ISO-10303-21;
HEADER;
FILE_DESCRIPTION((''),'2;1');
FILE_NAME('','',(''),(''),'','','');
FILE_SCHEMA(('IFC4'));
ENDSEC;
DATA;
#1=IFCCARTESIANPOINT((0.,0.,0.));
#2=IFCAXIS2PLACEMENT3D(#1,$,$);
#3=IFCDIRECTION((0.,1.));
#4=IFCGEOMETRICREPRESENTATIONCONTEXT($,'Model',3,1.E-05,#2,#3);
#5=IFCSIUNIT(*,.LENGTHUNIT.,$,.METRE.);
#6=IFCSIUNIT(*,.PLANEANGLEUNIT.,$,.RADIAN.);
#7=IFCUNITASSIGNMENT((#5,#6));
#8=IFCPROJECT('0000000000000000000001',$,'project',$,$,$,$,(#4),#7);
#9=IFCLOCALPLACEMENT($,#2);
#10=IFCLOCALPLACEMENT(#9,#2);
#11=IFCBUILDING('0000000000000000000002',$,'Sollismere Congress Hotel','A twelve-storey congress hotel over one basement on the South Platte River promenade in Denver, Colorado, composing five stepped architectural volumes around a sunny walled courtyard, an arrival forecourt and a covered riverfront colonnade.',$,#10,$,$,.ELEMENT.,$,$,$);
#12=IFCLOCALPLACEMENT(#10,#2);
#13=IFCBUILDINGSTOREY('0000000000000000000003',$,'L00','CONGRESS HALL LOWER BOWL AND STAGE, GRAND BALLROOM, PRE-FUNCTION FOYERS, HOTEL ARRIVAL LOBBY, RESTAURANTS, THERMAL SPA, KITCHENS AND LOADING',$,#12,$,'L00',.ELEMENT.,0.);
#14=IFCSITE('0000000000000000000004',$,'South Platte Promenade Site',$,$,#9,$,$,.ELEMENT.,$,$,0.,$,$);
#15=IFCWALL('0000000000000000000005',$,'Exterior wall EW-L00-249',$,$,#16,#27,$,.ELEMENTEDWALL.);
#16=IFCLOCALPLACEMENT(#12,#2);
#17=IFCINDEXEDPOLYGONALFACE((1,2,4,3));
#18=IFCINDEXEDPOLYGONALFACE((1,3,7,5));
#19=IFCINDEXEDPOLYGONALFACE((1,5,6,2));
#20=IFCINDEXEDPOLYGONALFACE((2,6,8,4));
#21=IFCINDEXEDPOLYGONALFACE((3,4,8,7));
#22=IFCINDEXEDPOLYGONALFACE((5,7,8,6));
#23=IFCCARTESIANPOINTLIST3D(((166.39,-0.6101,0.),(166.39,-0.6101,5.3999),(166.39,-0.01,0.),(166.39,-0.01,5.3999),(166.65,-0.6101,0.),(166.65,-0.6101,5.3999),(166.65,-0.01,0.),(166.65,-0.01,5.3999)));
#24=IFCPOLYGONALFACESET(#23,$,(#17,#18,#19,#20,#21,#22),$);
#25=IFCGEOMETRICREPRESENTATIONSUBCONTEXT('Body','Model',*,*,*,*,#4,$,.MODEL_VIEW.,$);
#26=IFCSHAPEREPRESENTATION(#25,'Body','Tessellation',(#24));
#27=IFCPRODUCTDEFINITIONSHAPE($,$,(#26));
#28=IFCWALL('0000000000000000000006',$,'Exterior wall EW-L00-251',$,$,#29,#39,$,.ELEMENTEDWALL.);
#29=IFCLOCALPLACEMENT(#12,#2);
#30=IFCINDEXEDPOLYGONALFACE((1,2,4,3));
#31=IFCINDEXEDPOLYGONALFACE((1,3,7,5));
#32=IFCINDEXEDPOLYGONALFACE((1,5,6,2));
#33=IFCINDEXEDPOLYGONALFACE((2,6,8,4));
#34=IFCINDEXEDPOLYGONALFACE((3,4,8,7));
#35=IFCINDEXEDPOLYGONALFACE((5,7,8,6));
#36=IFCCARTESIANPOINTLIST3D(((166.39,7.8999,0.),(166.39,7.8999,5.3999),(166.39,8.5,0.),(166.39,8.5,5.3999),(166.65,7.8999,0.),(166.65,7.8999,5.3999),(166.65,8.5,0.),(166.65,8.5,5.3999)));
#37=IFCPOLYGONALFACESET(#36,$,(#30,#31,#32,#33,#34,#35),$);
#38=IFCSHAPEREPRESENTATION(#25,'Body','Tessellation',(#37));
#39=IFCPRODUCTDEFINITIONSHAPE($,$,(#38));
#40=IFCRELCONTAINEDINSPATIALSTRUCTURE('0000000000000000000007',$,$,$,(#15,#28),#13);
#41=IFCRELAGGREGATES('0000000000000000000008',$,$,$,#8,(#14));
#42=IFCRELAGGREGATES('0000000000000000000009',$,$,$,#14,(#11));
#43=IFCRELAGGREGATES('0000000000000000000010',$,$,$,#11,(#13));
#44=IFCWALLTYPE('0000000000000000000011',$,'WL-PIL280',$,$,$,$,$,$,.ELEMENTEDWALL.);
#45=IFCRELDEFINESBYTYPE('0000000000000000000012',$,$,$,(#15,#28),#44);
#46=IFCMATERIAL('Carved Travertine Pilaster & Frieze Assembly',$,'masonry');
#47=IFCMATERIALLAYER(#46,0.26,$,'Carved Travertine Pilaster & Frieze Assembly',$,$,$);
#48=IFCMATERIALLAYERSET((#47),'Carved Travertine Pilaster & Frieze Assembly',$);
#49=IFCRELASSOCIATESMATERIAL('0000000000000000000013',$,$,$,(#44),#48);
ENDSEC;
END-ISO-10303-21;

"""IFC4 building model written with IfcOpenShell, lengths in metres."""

from ifc_helpers import new_model, si_unit, direction, frame, frame_2d, origin, place, context, subcontext, project, spatial, rectangle, extrude, material, layer, layer_set, type_object, element, save


model = new_model("IFC4")

# Units and contexts
model_context = context("Model", 3, precision=1e-05, world=origin(), true_north=direction((0.0, 1.0)))
body_context = subcontext(model_context, "Body", "Model", "MODEL_VIEW")
ifc_project = project(units=[si_unit("LENGTHUNIT", "METRE"), si_unit("PLANEANGLEUNIT", "RADIAN")], contexts=[model_context])

# Site, building, storey
site_placement = place(None, origin())
site = spatial("IfcSite", under=ifc_project, at=site_placement, Name="South Platte Promenade Site", CompositionType="ELEMENT", RefElevation=0.0)
building_placement = place(site_placement, origin())
building = spatial("IfcBuilding", under=site, at=building_placement, Name="Sollismere Congress Hotel", Description="A twelve-storey congress hotel over one basement on the South Platte River promenade in Denver, Colorado, composing five stepped architectural volumes around a sunny walled courtyard, an arrival forecourt and a covered riverfront colonnade.", CompositionType="ELEMENT")
storey_placement = place(building_placement, origin())
storey = spatial("IfcBuildingStorey", under=building, at=storey_placement, Name="L00", Description="CONGRESS HALL LOWER BOWL AND STAGE, GRAND BALLROOM, PRE-FUNCTION FOYERS, HOTEL ARRIVAL LOBBY, RESTAURANTS, THERMAL SPA, KITCHENS AND LOADING", LongName="L00", CompositionType="ELEMENT", Elevation=0.0)

# Walls
ifc_material_1 = material(Name="Carved Travertine Pilaster & Frieze Assembly", Category="masonry")
ifc_layer_1 = layer(ifc_material_1, 0.26, Name="Carved Travertine Pilaster & Frieze Assembly")
ifc_layer_set_1 = layer_set([ifc_layer_1], Name="Carved Travertine Pilaster & Frieze Assembly")
wall_type_1 = type_object("IfcWallType", Name="WL-PIL280", PredefinedType="ELEMENTEDWALL", material=ifc_layer_set_1)
for number, where, z_axis, x_axis, name in (
    (1, (166.52, -0.6101, 0.0), (0.0, 0.0, 1.0), (0.0, 1.0, 0.0), "Exterior wall EW-L00-249"),
    (2, (166.52, 7.8999, 0.0), (0.0, 0.0, 1.0), (0.0, 1.0, 0.0), "Exterior wall EW-L00-251"),
):
    element("IfcWall", number, at=place(storey_placement, frame(where, z_axis=z_axis, x_axis=x_axis)), inside=storey, type_object=wall_type_1, Name=name, PredefinedType="ELEMENTEDWALL", context=body_context, shape_type="SweptSolid", body=[
        extrude(rectangle(XDim=0.6001, YDim=0.26, at=frame_2d((0.3, 0.0))), origin(), (0.0, 0.0, 1.0), 5.3999),
    ])

save(model, "model.ifc")
